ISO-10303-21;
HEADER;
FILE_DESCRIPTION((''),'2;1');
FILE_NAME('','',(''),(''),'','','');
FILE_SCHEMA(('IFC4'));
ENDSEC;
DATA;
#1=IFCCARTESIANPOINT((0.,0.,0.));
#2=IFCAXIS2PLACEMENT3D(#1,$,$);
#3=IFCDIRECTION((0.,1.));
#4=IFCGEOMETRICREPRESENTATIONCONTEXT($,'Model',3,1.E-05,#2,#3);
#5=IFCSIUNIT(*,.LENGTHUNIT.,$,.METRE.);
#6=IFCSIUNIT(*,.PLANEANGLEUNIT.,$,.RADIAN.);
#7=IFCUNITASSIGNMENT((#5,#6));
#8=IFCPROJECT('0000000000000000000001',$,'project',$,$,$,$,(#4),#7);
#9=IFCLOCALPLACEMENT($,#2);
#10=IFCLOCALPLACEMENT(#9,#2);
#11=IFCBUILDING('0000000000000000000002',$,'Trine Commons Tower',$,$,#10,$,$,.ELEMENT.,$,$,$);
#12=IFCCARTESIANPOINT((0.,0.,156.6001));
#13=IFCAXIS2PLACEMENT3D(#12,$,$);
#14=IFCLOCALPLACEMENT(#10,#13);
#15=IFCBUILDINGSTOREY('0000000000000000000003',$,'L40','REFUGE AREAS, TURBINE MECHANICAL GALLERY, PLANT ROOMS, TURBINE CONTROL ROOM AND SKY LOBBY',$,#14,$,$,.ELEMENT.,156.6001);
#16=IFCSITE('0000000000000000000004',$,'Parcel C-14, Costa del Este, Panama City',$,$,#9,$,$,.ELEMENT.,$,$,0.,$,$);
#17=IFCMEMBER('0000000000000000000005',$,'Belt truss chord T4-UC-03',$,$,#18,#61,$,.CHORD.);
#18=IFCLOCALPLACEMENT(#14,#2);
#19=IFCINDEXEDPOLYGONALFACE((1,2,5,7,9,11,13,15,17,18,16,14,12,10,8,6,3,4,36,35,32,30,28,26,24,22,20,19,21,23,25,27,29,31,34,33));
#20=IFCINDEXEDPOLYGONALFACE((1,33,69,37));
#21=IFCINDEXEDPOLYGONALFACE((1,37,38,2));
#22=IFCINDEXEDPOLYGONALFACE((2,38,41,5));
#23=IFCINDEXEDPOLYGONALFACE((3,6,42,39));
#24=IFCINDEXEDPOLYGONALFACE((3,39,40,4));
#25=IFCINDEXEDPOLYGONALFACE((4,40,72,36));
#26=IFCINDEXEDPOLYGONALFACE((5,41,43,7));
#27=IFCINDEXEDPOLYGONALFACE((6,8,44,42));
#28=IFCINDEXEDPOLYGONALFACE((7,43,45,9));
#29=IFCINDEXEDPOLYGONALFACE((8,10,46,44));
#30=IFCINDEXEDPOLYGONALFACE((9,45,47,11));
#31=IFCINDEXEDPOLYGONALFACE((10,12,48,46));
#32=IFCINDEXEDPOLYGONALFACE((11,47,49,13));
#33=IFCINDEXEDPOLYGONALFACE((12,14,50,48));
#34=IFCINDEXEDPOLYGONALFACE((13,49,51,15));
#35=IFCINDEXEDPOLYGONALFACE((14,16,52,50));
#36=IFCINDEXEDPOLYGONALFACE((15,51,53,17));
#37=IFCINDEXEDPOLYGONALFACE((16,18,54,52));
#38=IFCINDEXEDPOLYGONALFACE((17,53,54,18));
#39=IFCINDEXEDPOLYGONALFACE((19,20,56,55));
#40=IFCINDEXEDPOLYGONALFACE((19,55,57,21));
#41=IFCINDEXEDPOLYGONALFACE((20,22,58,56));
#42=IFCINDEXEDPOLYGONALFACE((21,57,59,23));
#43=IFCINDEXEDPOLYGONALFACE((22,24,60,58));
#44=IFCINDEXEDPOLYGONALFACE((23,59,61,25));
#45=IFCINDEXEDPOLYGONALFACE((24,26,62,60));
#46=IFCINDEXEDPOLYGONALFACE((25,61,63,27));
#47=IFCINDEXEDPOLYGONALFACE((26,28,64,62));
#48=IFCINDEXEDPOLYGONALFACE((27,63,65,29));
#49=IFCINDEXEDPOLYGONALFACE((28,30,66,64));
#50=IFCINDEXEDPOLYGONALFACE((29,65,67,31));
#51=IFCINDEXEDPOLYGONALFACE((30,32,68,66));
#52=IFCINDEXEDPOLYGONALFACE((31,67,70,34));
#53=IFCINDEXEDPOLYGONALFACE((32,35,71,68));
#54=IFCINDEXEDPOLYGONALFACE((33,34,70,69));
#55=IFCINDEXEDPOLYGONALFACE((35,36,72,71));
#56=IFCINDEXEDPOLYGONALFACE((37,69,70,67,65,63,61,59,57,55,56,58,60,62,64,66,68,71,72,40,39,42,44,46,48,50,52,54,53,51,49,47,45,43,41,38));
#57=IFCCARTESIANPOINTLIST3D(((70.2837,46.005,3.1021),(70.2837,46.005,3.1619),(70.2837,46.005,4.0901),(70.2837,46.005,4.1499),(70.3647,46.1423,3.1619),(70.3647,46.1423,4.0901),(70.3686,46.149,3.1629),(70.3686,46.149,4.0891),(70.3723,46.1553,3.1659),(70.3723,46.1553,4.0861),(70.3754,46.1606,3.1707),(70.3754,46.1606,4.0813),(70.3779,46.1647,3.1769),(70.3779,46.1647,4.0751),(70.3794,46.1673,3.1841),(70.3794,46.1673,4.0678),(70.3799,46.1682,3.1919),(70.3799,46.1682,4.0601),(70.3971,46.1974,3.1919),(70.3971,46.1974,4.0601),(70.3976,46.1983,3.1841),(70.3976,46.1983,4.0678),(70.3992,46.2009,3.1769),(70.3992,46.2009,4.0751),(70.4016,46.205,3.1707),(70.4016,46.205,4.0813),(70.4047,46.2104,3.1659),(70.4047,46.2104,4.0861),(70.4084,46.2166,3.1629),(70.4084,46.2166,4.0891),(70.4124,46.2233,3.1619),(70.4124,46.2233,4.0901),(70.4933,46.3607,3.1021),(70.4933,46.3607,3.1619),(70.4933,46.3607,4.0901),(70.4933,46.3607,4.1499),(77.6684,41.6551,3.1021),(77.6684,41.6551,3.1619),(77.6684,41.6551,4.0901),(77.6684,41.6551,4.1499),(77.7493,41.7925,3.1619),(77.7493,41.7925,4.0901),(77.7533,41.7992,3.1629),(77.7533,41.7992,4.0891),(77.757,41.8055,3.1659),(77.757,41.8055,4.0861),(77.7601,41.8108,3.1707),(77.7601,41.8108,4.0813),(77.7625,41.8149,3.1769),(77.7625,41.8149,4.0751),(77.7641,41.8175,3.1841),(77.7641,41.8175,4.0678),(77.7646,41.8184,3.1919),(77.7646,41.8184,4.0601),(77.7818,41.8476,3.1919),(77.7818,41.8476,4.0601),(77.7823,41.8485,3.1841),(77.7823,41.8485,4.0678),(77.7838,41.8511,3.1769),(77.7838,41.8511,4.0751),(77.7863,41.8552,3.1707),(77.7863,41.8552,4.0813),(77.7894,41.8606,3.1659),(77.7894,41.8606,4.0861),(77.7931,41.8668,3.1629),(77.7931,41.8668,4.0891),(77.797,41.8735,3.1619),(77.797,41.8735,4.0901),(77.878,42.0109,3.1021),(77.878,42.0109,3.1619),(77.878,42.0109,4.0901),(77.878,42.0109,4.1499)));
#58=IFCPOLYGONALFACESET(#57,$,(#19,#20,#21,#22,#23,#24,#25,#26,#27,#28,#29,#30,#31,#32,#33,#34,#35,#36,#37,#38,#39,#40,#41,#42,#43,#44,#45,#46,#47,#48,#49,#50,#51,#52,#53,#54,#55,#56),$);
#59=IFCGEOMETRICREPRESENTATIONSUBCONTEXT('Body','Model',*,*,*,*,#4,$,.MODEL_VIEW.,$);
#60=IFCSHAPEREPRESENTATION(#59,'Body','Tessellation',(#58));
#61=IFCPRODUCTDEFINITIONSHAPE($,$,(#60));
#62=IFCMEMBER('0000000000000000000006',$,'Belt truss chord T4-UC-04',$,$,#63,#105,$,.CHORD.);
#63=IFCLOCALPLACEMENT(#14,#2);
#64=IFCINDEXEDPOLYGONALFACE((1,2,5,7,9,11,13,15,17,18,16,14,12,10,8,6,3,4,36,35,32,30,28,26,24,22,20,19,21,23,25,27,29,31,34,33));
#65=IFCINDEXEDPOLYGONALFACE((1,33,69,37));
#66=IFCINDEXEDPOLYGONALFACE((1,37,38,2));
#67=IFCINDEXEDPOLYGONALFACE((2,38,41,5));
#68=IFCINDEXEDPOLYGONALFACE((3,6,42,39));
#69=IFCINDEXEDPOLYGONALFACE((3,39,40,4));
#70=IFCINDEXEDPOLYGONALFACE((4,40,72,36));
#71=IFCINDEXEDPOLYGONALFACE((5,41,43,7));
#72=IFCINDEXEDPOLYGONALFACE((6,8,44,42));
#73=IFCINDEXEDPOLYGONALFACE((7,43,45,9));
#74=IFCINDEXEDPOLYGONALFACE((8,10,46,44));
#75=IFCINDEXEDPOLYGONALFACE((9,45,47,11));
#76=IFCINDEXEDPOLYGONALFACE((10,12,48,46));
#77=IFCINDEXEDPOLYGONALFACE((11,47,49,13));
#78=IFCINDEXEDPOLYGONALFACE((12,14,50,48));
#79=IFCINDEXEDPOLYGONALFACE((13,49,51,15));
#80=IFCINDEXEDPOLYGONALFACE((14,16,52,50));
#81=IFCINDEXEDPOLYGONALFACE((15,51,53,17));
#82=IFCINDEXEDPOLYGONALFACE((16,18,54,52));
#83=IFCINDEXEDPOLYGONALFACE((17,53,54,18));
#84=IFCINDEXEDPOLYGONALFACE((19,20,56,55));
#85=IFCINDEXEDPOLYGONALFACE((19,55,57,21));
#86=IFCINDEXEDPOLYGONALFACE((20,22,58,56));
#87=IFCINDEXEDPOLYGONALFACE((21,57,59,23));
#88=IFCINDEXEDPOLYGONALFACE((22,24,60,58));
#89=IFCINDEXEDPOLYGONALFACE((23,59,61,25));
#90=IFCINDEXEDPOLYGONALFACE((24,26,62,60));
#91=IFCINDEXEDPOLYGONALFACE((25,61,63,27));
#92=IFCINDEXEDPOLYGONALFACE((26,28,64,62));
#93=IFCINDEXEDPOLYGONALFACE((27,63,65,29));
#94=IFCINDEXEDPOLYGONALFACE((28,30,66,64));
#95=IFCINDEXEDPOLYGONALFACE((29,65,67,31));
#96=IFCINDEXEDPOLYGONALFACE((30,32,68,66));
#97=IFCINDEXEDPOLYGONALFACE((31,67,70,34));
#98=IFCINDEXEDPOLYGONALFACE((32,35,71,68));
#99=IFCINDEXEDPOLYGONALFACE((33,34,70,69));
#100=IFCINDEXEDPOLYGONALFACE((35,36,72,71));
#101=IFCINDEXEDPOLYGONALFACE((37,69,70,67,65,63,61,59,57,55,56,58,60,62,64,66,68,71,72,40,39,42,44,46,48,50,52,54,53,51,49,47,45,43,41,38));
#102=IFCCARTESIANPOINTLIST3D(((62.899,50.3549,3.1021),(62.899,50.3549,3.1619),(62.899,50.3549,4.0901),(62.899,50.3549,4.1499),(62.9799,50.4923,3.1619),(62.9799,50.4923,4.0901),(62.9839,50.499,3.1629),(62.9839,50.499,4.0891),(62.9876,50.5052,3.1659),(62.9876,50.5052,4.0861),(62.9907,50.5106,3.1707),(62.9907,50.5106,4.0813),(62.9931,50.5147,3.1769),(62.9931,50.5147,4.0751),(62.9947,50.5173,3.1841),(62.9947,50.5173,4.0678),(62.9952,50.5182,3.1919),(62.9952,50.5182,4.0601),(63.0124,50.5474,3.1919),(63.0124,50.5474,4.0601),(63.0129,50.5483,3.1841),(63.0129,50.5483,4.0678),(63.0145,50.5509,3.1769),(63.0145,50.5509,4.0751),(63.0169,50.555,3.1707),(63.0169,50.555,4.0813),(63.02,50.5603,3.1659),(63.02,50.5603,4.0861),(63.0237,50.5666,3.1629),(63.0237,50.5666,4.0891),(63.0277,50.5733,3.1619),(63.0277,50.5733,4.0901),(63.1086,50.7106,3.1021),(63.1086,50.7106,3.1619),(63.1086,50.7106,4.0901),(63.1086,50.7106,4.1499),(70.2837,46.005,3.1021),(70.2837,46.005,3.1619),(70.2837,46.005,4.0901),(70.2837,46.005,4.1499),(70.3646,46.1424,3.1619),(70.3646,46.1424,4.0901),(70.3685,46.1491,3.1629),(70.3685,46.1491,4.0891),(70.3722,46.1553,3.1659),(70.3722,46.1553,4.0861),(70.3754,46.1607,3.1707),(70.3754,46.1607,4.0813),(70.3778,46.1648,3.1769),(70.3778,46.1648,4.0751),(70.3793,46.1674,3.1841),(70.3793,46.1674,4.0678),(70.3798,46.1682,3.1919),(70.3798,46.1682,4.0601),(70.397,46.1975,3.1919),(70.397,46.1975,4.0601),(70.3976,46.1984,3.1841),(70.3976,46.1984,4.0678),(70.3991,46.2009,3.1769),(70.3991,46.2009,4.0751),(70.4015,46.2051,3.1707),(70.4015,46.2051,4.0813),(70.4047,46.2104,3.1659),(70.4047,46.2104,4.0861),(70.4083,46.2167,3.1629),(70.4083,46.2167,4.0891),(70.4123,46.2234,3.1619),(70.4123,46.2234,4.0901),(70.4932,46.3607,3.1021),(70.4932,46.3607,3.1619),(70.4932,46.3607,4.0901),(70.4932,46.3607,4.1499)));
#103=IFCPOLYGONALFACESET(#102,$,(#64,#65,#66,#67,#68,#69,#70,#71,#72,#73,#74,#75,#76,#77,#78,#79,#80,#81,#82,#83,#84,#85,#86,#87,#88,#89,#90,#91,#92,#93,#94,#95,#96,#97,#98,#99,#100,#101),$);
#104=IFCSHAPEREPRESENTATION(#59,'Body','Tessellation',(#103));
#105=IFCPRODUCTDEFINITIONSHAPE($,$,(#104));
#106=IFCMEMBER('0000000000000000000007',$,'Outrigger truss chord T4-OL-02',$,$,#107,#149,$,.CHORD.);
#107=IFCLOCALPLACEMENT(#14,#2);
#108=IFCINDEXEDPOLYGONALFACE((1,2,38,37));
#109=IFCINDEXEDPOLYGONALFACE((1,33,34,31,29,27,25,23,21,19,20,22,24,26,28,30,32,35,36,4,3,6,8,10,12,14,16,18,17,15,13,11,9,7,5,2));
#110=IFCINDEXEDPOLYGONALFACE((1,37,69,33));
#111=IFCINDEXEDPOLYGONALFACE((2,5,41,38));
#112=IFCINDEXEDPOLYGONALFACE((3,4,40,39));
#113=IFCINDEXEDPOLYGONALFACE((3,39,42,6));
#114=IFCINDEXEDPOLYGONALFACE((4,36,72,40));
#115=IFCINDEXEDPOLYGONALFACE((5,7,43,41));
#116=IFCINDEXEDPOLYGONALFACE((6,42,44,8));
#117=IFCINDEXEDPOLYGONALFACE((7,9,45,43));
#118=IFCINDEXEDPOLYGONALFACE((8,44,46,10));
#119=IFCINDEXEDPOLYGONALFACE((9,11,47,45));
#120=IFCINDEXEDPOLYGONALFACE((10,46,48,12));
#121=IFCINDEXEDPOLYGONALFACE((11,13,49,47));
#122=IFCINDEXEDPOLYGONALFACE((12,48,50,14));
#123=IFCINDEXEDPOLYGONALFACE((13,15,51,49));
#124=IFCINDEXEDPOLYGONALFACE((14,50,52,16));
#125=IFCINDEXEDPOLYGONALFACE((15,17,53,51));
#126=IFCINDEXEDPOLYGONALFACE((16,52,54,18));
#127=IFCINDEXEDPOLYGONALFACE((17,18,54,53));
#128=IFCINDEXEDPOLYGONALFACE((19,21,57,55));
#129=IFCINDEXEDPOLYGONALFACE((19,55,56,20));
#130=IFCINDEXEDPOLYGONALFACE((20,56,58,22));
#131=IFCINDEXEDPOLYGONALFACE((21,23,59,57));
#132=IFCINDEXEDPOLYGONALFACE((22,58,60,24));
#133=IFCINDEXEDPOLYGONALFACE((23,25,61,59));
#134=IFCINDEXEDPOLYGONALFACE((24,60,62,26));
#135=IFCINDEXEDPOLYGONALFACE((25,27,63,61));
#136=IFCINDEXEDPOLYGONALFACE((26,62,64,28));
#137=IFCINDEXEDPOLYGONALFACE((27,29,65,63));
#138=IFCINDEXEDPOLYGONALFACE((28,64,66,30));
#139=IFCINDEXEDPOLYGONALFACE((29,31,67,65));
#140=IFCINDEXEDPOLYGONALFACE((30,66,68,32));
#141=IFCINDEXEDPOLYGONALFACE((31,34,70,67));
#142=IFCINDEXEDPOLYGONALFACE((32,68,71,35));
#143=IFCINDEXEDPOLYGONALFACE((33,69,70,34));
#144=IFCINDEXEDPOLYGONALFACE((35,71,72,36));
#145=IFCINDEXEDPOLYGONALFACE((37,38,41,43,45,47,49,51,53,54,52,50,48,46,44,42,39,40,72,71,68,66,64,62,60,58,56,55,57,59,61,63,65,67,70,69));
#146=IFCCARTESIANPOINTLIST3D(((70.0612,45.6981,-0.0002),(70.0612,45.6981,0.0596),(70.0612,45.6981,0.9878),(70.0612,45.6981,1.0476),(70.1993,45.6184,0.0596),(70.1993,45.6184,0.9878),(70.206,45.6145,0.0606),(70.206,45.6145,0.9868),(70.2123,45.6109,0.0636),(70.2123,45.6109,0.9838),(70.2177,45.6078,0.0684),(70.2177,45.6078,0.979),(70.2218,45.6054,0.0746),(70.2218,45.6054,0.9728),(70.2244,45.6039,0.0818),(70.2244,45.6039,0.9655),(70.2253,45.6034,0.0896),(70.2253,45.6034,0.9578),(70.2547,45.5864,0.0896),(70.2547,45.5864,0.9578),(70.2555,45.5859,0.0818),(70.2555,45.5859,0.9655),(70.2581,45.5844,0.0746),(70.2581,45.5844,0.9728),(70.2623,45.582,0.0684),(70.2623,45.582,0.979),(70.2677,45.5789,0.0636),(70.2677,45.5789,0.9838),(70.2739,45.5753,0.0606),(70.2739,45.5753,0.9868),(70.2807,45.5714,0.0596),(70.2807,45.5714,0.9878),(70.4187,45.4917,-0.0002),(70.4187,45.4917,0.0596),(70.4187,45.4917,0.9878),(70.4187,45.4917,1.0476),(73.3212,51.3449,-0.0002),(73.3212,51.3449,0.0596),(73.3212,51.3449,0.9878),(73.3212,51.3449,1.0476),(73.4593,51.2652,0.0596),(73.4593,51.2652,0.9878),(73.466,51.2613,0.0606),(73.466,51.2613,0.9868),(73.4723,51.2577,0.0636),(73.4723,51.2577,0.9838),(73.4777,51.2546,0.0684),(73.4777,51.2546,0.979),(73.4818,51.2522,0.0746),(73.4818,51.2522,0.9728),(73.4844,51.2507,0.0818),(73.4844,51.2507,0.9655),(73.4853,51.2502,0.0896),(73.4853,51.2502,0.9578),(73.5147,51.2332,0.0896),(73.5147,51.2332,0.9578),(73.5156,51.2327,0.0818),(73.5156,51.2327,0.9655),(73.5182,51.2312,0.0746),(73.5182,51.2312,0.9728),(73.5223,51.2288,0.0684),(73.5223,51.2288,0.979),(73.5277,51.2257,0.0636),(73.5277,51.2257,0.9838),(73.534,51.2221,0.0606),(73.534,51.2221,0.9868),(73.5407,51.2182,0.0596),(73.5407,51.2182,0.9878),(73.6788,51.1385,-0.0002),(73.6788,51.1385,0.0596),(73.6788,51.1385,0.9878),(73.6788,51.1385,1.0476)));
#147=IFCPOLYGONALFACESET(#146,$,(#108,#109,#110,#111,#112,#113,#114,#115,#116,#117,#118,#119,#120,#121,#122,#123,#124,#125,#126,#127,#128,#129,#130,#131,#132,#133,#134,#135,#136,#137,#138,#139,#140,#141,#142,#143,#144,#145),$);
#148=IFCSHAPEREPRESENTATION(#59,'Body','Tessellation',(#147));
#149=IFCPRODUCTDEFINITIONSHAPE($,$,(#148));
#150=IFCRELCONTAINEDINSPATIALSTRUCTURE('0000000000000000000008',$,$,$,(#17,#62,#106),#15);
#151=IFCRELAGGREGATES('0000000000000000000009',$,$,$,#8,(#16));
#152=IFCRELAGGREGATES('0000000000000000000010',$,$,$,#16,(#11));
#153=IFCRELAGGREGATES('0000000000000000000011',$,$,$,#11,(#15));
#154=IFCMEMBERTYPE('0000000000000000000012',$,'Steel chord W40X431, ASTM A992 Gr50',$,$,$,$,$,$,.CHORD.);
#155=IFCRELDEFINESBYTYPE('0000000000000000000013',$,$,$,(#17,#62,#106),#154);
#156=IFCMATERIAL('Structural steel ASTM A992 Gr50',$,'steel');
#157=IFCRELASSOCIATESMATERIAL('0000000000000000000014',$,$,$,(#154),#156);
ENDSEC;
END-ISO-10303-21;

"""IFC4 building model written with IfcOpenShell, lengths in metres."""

from ifc_helpers import new_model, si_unit, direction, frame, origin, origin_2d, place, context, subcontext, project, spatial, i_section, extrude, material, material_profile, profile_set, type_object, element, save


model = new_model("IFC4")

# Units and contexts
model_context = context("Model", 3, precision=1e-05, world=origin(), true_north=direction((0.0, 1.0)))
body_context = subcontext(model_context, "Body", "Model", "MODEL_VIEW")
ifc_project = project(units=[si_unit("LENGTHUNIT", "METRE"), si_unit("PLANEANGLEUNIT", "RADIAN")], contexts=[model_context])

# Site, building, storey
site_placement = place(None, origin())
site = spatial("IfcSite", under=ifc_project, at=site_placement, Name="Parcel C-14, Costa del Este, Panama City", CompositionType="ELEMENT", RefElevation=0.0)
building_placement = place(site_placement, origin())
building = spatial("IfcBuilding", under=site, at=building_placement, Name="Trine Commons Tower", CompositionType="ELEMENT")
storey_placement = place(building_placement, frame((0.0, 0.0, 156.6001)))
storey = spatial("IfcBuildingStorey", under=building, at=storey_placement, Name="L40", Description="REFUGE AREAS, TURBINE MECHANICAL GALLERY, PLANT ROOMS, TURBINE CONTROL ROOM AND SKY LOBBY", CompositionType="ELEMENT", Elevation=156.6001)

# Members
ifc_material_1 = material(Name="Structural steel ASTM A992 Gr50", Category="steel")
ifc_material_profile_1 = material_profile(ifc_material_1, i_section(OverallWidth=0.4128, OverallDepth=1.0479, WebThickness=0.0339, FlangeThickness=0.0598, FilletRadius=0.03, at=origin_2d()), Name="W40X431")
ifc_profile_set_1 = profile_set([ifc_material_profile_1], Name="Structural steel ASTM A992 Gr50")
member_type_1 = type_object("IfcMemberType", Name="Steel chord W40X431, ASTM A992 Gr50", PredefinedType="CHORD", material=ifc_profile_set_1)
for number, where, z_axis, x_axis, name in (
    (1, (77.7732, 41.833, 3.626), (-0.861635, 0.507529, 0.0), (-0.507529, -0.861635, 0.0), "Belt truss chord T4-UC-03"),
    (2, (70.3884, 46.1829, 3.626), (-0.861627, 0.507542, 0.0), (-0.507542, -0.861627, 0.0), "Belt truss chord T4-UC-04"),
):
    element("IfcMember", number, at=place(storey_placement, frame(where, z_axis=z_axis, x_axis=x_axis)), inside=storey, type_object=member_type_1, Name=name, PredefinedType="CHORD", context=body_context, shape_type="SweptSolid", body=[
        extrude(i_section(OverallWidth=0.4128, OverallDepth=1.0479, WebThickness=0.0339, FlangeThickness=0.0598, FilletRadius=0.03, at=origin_2d()), origin(), (0.0, 0.0, 1.0), 8.5706),
    ])
member_1_placement = place(storey_placement, frame((73.5, 51.2417, 0.5237), z_axis=(-0.499985, -0.866034, 0.0), x_axis=(0.866034, -0.499985, 0.0)))
element("IfcMember", 3, at=member_1_placement, inside=storey, type_object=member_type_1, Name="Outrigger truss chord T4-OL-02", PredefinedType="CHORD", context=body_context, shape_type="SweptSolid", body=[
    extrude(i_section(OverallWidth=0.4128, OverallDepth=1.0479, WebThickness=0.0339, FlangeThickness=0.0598, FilletRadius=0.03, at=origin_2d()), origin(), (0.0, 0.0, 1.0), 6.5203),
])

save(model, "model.ifc")
